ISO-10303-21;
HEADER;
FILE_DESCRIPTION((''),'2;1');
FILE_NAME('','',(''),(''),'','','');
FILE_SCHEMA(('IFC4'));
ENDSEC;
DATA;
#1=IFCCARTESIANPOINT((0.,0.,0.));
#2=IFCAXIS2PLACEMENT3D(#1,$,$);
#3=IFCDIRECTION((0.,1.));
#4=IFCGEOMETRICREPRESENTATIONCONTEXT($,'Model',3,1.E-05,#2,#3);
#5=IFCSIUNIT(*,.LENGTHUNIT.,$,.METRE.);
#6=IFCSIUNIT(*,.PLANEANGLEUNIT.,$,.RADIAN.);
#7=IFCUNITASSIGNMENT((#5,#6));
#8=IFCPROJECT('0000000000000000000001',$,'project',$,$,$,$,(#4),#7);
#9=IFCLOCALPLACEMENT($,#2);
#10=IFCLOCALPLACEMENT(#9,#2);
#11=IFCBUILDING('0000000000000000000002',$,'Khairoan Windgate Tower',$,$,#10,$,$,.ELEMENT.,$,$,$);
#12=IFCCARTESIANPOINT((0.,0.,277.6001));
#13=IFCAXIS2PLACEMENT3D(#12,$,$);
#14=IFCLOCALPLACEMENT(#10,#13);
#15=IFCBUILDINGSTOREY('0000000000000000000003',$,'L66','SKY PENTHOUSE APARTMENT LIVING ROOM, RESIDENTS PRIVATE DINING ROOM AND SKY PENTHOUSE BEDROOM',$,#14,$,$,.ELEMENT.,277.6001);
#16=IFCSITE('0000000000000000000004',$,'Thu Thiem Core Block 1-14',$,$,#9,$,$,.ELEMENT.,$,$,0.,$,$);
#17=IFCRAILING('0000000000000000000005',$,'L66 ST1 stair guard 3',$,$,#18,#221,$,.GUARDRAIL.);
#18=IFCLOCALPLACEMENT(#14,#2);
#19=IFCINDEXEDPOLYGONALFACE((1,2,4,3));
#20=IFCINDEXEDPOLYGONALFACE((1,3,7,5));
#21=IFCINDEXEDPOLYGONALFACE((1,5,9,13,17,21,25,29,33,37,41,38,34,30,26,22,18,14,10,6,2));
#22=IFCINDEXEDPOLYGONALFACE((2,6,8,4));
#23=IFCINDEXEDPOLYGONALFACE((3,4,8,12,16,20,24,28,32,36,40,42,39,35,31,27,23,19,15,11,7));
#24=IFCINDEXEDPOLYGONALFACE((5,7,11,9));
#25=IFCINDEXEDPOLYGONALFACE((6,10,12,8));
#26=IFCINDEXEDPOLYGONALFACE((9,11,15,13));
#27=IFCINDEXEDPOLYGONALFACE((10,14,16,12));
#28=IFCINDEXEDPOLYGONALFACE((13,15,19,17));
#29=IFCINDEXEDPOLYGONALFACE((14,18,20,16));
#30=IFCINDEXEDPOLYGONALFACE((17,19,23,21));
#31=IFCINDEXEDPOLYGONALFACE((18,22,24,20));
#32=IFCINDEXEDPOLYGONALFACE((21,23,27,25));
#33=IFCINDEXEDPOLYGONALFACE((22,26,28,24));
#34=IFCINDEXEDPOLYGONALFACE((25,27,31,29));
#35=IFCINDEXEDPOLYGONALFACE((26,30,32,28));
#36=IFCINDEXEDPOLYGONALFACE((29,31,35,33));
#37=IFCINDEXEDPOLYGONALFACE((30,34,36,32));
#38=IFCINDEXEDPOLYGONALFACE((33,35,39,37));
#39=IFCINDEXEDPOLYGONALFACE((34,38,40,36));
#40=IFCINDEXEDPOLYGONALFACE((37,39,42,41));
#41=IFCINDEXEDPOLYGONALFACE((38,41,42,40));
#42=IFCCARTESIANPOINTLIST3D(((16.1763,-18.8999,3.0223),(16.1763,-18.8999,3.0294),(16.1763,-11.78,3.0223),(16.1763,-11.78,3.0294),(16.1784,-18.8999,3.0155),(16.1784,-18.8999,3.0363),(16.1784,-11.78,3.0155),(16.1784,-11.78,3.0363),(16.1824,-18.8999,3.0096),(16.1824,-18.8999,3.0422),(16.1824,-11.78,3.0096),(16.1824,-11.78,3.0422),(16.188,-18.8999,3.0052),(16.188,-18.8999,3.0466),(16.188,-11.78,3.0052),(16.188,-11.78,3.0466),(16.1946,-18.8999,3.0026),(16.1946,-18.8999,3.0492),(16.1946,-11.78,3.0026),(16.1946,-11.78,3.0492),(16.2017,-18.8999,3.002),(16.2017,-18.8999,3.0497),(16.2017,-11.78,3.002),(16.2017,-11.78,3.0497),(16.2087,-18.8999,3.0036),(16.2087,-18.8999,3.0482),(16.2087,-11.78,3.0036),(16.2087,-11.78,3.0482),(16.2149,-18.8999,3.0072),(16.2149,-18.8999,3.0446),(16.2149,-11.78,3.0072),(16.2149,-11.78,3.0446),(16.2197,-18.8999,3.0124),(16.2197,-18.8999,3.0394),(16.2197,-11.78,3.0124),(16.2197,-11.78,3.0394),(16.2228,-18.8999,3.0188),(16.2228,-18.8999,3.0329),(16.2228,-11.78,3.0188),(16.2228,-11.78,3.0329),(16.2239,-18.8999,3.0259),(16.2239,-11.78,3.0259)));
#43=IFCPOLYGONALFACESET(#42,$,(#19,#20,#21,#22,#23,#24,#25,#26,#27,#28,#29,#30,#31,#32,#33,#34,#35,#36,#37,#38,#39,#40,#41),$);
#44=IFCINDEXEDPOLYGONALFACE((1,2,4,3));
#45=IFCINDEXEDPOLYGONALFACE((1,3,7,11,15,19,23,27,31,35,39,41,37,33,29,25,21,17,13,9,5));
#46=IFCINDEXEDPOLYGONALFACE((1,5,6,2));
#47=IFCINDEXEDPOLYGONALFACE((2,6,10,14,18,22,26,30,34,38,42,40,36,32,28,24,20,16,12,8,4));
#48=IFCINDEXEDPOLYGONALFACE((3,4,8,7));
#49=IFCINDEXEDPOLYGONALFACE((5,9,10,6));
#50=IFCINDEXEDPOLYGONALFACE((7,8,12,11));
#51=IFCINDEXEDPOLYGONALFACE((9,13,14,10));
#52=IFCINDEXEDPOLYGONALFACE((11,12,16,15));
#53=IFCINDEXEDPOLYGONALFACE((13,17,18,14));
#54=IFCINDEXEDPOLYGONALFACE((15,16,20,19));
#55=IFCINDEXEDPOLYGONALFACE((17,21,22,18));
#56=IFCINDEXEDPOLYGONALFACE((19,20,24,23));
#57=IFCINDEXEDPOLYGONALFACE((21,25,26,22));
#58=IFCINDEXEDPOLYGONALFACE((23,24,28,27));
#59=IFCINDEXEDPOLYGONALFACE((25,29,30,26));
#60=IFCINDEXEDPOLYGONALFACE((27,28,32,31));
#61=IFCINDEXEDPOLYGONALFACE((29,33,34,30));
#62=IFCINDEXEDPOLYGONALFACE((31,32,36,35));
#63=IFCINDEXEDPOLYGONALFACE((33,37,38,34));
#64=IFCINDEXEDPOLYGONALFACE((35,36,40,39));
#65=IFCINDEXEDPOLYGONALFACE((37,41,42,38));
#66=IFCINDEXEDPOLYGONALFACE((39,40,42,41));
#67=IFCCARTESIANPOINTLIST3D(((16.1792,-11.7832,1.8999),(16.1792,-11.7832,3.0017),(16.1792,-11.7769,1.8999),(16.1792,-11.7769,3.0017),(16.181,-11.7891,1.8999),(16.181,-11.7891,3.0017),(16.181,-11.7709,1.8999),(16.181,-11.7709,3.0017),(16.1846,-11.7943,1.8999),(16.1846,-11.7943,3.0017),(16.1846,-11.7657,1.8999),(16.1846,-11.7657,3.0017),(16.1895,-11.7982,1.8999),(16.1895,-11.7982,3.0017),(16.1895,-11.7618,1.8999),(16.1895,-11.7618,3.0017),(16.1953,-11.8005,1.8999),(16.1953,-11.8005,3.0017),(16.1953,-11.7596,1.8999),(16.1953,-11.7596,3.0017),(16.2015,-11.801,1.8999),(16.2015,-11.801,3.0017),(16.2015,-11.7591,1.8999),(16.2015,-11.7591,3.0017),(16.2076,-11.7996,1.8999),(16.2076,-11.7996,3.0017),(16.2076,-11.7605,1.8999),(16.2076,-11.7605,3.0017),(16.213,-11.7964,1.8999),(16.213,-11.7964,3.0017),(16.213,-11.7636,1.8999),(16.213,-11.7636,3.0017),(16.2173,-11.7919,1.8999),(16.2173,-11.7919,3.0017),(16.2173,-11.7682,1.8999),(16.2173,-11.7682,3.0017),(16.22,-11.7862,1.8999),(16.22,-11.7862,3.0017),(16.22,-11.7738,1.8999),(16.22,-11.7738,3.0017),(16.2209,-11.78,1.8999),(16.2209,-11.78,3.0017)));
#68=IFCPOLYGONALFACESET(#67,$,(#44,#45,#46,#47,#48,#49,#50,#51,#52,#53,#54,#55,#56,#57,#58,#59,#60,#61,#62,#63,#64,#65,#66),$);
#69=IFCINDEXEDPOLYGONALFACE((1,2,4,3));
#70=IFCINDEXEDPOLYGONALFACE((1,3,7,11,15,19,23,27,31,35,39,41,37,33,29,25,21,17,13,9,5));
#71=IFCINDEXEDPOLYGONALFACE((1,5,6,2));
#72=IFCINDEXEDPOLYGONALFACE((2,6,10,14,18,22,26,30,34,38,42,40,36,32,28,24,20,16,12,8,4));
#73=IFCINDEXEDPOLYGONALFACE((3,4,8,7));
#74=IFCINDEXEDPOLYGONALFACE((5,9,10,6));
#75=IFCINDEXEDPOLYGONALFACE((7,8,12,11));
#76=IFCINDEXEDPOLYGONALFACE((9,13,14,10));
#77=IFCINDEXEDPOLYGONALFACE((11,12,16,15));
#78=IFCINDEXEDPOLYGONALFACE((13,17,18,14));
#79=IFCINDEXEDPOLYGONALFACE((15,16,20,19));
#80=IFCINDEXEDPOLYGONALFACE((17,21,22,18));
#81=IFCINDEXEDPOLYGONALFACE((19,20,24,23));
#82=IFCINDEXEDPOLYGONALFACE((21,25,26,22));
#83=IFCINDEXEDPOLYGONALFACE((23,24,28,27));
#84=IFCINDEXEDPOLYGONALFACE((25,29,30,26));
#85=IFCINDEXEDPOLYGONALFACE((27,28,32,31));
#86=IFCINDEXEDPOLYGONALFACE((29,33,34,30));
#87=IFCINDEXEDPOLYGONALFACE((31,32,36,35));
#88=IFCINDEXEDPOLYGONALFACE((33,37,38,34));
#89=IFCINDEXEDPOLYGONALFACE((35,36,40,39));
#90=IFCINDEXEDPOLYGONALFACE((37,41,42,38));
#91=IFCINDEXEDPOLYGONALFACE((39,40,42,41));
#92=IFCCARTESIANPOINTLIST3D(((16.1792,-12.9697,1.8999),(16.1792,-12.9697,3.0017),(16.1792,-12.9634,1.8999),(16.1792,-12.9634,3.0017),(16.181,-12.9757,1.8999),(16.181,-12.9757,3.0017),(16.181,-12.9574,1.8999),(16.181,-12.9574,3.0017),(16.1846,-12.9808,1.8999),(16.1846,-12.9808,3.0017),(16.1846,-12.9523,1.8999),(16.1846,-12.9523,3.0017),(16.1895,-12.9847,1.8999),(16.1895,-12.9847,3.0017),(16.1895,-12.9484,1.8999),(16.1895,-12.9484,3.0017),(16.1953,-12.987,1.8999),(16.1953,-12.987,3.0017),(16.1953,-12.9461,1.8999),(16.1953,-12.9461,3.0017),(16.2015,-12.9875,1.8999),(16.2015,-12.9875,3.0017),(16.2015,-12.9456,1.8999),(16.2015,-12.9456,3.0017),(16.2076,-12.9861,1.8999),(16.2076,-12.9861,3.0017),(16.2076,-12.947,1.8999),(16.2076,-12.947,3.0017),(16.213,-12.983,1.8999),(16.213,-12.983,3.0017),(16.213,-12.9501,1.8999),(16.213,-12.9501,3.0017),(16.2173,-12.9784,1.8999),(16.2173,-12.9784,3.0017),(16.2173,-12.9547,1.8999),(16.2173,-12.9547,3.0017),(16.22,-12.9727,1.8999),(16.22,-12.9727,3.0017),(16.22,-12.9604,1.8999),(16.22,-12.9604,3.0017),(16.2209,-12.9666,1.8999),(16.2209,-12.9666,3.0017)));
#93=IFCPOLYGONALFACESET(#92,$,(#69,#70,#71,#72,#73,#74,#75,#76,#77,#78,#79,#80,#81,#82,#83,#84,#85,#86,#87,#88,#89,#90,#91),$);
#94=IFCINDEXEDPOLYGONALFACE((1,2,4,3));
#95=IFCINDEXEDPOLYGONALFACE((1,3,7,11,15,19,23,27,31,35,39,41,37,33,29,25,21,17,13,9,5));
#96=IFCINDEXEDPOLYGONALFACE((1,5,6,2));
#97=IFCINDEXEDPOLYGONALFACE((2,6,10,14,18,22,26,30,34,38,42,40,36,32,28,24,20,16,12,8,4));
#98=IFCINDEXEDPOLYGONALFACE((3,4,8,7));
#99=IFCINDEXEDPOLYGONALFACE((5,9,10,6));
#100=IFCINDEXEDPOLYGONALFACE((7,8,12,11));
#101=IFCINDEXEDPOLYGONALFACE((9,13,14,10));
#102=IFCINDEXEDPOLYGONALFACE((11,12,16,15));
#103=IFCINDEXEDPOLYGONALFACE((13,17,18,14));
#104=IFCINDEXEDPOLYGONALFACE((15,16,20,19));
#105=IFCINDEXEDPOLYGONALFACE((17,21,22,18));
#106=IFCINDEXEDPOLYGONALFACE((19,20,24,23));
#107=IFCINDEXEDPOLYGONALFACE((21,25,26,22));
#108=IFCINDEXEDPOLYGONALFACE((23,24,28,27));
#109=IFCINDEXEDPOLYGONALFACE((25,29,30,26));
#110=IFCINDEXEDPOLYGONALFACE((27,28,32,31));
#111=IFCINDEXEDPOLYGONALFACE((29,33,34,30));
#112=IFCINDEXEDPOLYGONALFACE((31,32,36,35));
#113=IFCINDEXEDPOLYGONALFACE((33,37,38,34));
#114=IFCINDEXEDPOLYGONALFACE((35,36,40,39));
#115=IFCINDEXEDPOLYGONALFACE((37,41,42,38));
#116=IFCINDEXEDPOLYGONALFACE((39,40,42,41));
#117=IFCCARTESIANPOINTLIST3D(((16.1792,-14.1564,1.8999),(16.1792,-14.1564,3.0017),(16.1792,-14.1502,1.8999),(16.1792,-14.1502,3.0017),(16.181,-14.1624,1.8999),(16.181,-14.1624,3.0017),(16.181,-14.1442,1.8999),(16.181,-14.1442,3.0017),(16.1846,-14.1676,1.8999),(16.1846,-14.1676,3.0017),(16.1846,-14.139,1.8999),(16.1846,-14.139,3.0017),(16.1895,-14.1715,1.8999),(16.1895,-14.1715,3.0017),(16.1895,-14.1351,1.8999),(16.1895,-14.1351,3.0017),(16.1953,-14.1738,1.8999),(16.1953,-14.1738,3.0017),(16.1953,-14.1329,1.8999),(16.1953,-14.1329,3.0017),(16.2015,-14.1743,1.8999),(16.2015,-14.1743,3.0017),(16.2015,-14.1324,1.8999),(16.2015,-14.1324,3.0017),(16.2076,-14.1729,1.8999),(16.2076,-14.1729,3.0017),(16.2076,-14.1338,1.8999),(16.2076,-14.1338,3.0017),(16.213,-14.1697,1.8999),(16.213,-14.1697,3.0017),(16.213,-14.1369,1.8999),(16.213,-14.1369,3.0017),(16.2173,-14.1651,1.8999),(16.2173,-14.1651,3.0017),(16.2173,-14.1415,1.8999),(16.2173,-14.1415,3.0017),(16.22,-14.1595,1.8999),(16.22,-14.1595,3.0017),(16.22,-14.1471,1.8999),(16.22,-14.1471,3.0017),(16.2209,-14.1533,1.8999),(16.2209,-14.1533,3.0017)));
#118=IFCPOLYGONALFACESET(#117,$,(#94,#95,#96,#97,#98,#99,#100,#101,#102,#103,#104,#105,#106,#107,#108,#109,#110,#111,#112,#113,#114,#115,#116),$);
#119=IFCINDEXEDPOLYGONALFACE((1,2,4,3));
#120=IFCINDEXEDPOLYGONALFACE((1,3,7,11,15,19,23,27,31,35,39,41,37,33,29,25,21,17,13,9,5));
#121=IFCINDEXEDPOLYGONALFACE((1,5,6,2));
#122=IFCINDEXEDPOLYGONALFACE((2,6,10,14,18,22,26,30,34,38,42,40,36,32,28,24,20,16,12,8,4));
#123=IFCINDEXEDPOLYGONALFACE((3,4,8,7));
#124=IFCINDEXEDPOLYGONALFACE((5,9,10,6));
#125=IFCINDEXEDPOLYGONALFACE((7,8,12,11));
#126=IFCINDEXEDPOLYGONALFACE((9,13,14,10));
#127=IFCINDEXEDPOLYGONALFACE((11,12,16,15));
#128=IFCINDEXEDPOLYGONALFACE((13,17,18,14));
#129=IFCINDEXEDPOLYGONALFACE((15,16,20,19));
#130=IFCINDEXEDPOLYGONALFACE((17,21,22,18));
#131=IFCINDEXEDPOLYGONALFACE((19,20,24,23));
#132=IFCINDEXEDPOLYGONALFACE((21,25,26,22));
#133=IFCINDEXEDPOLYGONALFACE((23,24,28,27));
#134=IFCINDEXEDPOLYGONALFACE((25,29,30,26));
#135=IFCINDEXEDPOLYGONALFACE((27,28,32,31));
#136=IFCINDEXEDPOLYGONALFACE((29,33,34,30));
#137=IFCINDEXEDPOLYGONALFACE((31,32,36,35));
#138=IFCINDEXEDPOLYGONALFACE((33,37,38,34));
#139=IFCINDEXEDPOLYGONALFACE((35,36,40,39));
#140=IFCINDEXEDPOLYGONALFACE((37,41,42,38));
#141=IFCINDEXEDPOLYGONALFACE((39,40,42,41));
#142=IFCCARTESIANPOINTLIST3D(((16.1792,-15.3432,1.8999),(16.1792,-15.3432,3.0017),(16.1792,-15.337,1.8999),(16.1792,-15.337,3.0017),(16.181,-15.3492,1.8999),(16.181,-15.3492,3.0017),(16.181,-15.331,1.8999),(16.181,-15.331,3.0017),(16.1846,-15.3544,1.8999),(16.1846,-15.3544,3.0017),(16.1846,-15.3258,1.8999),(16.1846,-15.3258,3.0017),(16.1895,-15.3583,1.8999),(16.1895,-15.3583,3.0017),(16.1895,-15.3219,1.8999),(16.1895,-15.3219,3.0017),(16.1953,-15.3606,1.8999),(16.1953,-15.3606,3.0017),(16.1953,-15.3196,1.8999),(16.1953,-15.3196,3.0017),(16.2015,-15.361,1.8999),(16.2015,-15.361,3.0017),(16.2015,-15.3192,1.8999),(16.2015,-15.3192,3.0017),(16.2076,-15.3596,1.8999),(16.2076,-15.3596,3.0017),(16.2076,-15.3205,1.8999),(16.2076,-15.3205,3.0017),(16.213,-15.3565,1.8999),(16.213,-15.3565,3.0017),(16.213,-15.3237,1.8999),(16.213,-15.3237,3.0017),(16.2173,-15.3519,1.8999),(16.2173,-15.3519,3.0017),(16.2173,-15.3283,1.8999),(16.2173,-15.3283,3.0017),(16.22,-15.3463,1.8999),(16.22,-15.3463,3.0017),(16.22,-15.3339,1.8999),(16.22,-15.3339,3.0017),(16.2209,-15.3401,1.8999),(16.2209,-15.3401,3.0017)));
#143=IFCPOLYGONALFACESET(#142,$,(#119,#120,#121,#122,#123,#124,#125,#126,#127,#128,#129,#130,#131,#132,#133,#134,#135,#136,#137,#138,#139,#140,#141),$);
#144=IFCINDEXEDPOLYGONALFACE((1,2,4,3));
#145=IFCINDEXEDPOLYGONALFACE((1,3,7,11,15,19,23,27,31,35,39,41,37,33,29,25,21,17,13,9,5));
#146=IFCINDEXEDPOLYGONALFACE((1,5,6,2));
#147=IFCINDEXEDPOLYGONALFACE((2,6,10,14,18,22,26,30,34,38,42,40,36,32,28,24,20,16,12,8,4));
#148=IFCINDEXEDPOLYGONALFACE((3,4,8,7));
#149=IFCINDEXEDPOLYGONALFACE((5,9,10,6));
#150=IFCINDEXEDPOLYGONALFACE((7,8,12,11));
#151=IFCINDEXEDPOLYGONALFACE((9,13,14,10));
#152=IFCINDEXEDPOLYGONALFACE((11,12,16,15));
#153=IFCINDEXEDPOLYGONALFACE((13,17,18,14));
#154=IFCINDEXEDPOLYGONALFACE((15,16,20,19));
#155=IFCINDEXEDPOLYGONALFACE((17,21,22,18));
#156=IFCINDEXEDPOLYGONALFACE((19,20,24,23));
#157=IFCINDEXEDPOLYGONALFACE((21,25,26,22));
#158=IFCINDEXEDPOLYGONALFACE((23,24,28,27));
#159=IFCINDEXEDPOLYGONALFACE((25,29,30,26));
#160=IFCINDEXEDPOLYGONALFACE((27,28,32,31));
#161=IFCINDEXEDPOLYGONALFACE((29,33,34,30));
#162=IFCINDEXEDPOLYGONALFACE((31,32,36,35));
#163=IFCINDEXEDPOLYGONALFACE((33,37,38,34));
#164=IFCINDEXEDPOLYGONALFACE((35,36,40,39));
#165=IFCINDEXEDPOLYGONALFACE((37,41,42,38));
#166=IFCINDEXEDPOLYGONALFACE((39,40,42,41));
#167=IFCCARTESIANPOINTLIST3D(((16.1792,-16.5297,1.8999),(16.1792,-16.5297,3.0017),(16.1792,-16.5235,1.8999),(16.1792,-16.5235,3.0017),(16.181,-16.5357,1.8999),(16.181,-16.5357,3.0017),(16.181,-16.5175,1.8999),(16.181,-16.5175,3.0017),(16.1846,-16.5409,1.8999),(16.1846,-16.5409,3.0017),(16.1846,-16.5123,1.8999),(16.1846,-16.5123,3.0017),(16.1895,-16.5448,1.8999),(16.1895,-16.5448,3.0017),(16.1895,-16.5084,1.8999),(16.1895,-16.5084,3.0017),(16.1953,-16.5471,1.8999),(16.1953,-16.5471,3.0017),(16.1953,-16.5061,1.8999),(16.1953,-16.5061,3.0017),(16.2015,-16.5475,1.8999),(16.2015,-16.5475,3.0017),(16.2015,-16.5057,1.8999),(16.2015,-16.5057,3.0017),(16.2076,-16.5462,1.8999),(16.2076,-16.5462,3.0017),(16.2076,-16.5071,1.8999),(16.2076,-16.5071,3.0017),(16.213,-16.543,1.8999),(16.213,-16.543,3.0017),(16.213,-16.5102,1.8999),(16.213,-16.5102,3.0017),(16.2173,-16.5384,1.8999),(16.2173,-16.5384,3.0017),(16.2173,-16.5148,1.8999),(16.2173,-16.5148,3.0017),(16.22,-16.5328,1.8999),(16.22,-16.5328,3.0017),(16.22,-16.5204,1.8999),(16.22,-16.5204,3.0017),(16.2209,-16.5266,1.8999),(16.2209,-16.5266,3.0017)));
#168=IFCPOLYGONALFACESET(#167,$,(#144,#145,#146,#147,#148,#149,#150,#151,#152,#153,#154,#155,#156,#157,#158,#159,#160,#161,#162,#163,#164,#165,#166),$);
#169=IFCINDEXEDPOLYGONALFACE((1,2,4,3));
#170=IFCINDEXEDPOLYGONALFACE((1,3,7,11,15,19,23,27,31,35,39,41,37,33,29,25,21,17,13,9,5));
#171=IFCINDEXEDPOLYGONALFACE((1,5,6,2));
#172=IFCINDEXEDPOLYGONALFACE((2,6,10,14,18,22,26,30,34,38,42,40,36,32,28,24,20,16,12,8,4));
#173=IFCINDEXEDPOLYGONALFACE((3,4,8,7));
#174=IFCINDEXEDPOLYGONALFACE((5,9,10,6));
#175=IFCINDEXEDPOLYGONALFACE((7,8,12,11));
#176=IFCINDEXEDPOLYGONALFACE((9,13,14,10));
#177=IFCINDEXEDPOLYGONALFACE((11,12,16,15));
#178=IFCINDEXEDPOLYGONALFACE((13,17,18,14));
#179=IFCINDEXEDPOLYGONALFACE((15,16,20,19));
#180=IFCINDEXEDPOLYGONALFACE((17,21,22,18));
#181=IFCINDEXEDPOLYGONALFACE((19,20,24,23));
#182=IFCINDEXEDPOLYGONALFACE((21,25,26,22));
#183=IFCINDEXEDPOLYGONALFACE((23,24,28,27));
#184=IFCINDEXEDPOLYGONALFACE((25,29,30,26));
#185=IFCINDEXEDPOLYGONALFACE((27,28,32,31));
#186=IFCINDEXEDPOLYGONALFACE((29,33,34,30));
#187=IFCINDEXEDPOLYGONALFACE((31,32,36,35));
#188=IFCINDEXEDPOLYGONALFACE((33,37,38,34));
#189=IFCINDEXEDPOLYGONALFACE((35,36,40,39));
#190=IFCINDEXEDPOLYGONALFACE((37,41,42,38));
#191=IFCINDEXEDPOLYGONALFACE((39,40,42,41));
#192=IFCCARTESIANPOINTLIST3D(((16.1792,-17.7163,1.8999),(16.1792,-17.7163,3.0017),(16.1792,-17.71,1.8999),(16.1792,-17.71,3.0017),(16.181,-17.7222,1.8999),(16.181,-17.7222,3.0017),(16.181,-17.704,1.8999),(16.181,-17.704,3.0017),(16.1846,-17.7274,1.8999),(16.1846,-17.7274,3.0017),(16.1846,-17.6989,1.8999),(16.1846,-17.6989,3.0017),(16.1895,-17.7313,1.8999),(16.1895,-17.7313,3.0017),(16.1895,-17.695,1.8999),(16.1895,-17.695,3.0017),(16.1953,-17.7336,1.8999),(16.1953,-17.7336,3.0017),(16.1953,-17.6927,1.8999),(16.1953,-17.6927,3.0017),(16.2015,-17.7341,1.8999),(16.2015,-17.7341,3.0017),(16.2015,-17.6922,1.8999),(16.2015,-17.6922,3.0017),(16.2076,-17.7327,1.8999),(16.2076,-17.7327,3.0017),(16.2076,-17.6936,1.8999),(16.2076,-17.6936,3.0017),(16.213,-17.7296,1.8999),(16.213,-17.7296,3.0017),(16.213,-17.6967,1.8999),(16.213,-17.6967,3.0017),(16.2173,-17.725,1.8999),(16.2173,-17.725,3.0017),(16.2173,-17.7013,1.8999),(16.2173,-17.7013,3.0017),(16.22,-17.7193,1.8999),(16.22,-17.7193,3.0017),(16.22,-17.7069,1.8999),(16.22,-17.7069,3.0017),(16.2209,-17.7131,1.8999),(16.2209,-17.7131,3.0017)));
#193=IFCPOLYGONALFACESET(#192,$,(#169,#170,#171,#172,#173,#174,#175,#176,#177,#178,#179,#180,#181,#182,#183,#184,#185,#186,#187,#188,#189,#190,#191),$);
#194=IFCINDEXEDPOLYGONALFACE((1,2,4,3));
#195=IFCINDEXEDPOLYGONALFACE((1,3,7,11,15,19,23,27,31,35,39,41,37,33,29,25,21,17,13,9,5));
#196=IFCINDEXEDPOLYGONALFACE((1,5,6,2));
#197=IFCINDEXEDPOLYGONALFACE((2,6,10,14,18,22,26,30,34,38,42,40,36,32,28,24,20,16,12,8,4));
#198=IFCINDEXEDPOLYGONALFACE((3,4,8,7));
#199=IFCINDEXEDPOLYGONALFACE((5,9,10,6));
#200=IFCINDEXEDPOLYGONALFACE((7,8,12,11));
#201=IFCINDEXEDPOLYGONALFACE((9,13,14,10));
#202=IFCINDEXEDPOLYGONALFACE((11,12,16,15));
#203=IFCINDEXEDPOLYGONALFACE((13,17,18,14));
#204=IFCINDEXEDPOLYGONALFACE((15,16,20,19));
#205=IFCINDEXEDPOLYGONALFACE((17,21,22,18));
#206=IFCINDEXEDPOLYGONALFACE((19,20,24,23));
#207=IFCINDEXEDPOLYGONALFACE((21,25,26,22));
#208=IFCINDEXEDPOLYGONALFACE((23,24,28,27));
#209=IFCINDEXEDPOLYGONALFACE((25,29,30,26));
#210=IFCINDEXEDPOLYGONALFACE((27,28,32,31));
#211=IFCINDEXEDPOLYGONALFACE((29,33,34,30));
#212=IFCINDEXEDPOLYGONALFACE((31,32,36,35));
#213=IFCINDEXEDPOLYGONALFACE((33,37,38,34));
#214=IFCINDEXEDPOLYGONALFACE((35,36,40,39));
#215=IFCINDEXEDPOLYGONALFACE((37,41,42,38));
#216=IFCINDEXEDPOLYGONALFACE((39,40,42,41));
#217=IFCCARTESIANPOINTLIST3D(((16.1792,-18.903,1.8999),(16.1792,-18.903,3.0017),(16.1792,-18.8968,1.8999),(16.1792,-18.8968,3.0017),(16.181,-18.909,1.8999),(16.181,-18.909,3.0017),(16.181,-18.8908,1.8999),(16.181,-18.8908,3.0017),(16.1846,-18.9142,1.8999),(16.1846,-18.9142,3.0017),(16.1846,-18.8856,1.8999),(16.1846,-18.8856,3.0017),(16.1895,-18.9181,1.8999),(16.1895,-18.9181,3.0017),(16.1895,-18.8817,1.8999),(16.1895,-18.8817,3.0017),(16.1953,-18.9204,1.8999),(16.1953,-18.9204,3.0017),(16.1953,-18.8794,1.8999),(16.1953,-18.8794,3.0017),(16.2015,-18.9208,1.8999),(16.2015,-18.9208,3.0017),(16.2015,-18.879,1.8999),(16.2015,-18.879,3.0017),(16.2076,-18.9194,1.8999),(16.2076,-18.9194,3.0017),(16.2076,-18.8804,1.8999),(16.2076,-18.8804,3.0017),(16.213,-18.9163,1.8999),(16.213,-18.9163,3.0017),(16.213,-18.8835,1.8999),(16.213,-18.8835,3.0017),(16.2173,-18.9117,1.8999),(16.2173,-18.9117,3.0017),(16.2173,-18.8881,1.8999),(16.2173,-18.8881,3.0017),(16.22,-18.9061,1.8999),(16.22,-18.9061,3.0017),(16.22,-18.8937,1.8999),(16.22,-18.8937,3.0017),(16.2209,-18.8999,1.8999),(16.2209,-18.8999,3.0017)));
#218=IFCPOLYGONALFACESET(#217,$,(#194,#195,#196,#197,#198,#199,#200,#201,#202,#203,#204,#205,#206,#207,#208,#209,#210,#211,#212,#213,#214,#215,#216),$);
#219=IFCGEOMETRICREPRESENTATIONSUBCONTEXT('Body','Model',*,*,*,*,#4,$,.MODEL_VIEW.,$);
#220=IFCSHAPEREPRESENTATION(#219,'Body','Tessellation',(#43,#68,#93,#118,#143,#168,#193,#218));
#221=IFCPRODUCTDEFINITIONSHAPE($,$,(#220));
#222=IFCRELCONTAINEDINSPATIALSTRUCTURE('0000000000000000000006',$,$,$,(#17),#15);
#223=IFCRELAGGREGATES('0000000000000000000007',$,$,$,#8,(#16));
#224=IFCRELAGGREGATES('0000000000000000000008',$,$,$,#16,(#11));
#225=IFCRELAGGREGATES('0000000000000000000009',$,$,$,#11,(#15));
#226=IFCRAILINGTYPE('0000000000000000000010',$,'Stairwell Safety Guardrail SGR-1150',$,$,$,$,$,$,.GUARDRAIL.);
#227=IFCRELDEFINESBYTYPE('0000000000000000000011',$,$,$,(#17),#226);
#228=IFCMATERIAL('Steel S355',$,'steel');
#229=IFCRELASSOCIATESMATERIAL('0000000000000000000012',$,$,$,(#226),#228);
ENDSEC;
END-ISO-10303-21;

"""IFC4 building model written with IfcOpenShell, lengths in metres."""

from ifc_helpers import new_model, si_unit, direction, frame, origin, origin_2d, place, context, subcontext, project, spatial, circle, extrude, material, type_object, element, save


model = new_model("IFC4")

# Units and contexts
model_context = context("Model", 3, precision=1e-05, world=origin(), true_north=direction((0.0, 1.0)))
body_context = subcontext(model_context, "Body", "Model", "MODEL_VIEW")
ifc_project = project(units=[si_unit("LENGTHUNIT", "METRE"), si_unit("PLANEANGLEUNIT", "RADIAN")], contexts=[model_context])

# Site, building, storey
site_placement = place(None, origin())
site = spatial("IfcSite", under=ifc_project, at=site_placement, Name="Thu Thiem Core Block 1-14", CompositionType="ELEMENT", RefElevation=0.0)
building_placement = place(site_placement, origin())
building = spatial("IfcBuilding", under=site, at=building_placement, Name="Khairoan Windgate Tower", CompositionType="ELEMENT")
storey_placement = place(building_placement, frame((0.0, 0.0, 277.6001)))
storey = spatial("IfcBuildingStorey", under=building, at=storey_placement, Name="L66", Description="SKY PENTHOUSE APARTMENT LIVING ROOM, RESIDENTS PRIVATE DINING ROOM AND SKY PENTHOUSE BEDROOM", CompositionType="ELEMENT", Elevation=277.6001)

# Railing
ifc_material_1 = material(Name="Steel S355", Category="steel")
railing_type = type_object("IfcRailingType", Name="Stairwell Safety Guardrail SGR-1150", PredefinedType="GUARDRAIL", material=ifc_material_1)
railing_1_placement = place(storey_placement, frame((16.2, -11.78, 1.8999)))
element("IfcRailing", 1, at=railing_1_placement, inside=storey, type_object=railing_type, Name="L66 ST1 stair guard 3", PredefinedType="GUARDRAIL", context=body_context, shape_type="SweptSolid", body=[
    extrude(circle(Radius=0.0239, at=origin_2d()), frame((0.0, 0.0, 1.126), z_axis=(0.0, -1.0, 0.0), x_axis=(1.0, 0.0, 0.0)), (0.0, 0.0, 1.0), 7.1199),
    extrude(circle(Radius=0.021, at=origin_2d()), origin(), (0.0, 0.0, 1.0), 1.1018),
    extrude(circle(Radius=0.021, at=origin_2d()), frame((0.0, -1.1865, 0.0)), (0.0, 0.0, 1.0), 1.1018),
    extrude(circle(Radius=0.021, at=origin_2d()), frame((0.0, -2.3733, 0.0)), (0.0, 0.0, 1.0), 1.1018),
    extrude(circle(Radius=0.021, at=origin_2d()), frame((0.0, -3.5601, 0.0)), (0.0, 0.0, 1.0), 1.1018),
    extrude(circle(Radius=0.021, at=origin_2d()), frame((0.0, -4.7466, 0.0)), (0.0, 0.0, 1.0), 1.1018),
    extrude(circle(Radius=0.021, at=origin_2d()), frame((0.0, -5.9331, 0.0)), (0.0, 0.0, 1.0), 1.1018),
    extrude(circle(Radius=0.021, at=origin_2d()), frame((0.0, -7.1199, 0.0)), (0.0, 0.0, 1.0), 1.1018),
])

save(model, "model.ifc")
